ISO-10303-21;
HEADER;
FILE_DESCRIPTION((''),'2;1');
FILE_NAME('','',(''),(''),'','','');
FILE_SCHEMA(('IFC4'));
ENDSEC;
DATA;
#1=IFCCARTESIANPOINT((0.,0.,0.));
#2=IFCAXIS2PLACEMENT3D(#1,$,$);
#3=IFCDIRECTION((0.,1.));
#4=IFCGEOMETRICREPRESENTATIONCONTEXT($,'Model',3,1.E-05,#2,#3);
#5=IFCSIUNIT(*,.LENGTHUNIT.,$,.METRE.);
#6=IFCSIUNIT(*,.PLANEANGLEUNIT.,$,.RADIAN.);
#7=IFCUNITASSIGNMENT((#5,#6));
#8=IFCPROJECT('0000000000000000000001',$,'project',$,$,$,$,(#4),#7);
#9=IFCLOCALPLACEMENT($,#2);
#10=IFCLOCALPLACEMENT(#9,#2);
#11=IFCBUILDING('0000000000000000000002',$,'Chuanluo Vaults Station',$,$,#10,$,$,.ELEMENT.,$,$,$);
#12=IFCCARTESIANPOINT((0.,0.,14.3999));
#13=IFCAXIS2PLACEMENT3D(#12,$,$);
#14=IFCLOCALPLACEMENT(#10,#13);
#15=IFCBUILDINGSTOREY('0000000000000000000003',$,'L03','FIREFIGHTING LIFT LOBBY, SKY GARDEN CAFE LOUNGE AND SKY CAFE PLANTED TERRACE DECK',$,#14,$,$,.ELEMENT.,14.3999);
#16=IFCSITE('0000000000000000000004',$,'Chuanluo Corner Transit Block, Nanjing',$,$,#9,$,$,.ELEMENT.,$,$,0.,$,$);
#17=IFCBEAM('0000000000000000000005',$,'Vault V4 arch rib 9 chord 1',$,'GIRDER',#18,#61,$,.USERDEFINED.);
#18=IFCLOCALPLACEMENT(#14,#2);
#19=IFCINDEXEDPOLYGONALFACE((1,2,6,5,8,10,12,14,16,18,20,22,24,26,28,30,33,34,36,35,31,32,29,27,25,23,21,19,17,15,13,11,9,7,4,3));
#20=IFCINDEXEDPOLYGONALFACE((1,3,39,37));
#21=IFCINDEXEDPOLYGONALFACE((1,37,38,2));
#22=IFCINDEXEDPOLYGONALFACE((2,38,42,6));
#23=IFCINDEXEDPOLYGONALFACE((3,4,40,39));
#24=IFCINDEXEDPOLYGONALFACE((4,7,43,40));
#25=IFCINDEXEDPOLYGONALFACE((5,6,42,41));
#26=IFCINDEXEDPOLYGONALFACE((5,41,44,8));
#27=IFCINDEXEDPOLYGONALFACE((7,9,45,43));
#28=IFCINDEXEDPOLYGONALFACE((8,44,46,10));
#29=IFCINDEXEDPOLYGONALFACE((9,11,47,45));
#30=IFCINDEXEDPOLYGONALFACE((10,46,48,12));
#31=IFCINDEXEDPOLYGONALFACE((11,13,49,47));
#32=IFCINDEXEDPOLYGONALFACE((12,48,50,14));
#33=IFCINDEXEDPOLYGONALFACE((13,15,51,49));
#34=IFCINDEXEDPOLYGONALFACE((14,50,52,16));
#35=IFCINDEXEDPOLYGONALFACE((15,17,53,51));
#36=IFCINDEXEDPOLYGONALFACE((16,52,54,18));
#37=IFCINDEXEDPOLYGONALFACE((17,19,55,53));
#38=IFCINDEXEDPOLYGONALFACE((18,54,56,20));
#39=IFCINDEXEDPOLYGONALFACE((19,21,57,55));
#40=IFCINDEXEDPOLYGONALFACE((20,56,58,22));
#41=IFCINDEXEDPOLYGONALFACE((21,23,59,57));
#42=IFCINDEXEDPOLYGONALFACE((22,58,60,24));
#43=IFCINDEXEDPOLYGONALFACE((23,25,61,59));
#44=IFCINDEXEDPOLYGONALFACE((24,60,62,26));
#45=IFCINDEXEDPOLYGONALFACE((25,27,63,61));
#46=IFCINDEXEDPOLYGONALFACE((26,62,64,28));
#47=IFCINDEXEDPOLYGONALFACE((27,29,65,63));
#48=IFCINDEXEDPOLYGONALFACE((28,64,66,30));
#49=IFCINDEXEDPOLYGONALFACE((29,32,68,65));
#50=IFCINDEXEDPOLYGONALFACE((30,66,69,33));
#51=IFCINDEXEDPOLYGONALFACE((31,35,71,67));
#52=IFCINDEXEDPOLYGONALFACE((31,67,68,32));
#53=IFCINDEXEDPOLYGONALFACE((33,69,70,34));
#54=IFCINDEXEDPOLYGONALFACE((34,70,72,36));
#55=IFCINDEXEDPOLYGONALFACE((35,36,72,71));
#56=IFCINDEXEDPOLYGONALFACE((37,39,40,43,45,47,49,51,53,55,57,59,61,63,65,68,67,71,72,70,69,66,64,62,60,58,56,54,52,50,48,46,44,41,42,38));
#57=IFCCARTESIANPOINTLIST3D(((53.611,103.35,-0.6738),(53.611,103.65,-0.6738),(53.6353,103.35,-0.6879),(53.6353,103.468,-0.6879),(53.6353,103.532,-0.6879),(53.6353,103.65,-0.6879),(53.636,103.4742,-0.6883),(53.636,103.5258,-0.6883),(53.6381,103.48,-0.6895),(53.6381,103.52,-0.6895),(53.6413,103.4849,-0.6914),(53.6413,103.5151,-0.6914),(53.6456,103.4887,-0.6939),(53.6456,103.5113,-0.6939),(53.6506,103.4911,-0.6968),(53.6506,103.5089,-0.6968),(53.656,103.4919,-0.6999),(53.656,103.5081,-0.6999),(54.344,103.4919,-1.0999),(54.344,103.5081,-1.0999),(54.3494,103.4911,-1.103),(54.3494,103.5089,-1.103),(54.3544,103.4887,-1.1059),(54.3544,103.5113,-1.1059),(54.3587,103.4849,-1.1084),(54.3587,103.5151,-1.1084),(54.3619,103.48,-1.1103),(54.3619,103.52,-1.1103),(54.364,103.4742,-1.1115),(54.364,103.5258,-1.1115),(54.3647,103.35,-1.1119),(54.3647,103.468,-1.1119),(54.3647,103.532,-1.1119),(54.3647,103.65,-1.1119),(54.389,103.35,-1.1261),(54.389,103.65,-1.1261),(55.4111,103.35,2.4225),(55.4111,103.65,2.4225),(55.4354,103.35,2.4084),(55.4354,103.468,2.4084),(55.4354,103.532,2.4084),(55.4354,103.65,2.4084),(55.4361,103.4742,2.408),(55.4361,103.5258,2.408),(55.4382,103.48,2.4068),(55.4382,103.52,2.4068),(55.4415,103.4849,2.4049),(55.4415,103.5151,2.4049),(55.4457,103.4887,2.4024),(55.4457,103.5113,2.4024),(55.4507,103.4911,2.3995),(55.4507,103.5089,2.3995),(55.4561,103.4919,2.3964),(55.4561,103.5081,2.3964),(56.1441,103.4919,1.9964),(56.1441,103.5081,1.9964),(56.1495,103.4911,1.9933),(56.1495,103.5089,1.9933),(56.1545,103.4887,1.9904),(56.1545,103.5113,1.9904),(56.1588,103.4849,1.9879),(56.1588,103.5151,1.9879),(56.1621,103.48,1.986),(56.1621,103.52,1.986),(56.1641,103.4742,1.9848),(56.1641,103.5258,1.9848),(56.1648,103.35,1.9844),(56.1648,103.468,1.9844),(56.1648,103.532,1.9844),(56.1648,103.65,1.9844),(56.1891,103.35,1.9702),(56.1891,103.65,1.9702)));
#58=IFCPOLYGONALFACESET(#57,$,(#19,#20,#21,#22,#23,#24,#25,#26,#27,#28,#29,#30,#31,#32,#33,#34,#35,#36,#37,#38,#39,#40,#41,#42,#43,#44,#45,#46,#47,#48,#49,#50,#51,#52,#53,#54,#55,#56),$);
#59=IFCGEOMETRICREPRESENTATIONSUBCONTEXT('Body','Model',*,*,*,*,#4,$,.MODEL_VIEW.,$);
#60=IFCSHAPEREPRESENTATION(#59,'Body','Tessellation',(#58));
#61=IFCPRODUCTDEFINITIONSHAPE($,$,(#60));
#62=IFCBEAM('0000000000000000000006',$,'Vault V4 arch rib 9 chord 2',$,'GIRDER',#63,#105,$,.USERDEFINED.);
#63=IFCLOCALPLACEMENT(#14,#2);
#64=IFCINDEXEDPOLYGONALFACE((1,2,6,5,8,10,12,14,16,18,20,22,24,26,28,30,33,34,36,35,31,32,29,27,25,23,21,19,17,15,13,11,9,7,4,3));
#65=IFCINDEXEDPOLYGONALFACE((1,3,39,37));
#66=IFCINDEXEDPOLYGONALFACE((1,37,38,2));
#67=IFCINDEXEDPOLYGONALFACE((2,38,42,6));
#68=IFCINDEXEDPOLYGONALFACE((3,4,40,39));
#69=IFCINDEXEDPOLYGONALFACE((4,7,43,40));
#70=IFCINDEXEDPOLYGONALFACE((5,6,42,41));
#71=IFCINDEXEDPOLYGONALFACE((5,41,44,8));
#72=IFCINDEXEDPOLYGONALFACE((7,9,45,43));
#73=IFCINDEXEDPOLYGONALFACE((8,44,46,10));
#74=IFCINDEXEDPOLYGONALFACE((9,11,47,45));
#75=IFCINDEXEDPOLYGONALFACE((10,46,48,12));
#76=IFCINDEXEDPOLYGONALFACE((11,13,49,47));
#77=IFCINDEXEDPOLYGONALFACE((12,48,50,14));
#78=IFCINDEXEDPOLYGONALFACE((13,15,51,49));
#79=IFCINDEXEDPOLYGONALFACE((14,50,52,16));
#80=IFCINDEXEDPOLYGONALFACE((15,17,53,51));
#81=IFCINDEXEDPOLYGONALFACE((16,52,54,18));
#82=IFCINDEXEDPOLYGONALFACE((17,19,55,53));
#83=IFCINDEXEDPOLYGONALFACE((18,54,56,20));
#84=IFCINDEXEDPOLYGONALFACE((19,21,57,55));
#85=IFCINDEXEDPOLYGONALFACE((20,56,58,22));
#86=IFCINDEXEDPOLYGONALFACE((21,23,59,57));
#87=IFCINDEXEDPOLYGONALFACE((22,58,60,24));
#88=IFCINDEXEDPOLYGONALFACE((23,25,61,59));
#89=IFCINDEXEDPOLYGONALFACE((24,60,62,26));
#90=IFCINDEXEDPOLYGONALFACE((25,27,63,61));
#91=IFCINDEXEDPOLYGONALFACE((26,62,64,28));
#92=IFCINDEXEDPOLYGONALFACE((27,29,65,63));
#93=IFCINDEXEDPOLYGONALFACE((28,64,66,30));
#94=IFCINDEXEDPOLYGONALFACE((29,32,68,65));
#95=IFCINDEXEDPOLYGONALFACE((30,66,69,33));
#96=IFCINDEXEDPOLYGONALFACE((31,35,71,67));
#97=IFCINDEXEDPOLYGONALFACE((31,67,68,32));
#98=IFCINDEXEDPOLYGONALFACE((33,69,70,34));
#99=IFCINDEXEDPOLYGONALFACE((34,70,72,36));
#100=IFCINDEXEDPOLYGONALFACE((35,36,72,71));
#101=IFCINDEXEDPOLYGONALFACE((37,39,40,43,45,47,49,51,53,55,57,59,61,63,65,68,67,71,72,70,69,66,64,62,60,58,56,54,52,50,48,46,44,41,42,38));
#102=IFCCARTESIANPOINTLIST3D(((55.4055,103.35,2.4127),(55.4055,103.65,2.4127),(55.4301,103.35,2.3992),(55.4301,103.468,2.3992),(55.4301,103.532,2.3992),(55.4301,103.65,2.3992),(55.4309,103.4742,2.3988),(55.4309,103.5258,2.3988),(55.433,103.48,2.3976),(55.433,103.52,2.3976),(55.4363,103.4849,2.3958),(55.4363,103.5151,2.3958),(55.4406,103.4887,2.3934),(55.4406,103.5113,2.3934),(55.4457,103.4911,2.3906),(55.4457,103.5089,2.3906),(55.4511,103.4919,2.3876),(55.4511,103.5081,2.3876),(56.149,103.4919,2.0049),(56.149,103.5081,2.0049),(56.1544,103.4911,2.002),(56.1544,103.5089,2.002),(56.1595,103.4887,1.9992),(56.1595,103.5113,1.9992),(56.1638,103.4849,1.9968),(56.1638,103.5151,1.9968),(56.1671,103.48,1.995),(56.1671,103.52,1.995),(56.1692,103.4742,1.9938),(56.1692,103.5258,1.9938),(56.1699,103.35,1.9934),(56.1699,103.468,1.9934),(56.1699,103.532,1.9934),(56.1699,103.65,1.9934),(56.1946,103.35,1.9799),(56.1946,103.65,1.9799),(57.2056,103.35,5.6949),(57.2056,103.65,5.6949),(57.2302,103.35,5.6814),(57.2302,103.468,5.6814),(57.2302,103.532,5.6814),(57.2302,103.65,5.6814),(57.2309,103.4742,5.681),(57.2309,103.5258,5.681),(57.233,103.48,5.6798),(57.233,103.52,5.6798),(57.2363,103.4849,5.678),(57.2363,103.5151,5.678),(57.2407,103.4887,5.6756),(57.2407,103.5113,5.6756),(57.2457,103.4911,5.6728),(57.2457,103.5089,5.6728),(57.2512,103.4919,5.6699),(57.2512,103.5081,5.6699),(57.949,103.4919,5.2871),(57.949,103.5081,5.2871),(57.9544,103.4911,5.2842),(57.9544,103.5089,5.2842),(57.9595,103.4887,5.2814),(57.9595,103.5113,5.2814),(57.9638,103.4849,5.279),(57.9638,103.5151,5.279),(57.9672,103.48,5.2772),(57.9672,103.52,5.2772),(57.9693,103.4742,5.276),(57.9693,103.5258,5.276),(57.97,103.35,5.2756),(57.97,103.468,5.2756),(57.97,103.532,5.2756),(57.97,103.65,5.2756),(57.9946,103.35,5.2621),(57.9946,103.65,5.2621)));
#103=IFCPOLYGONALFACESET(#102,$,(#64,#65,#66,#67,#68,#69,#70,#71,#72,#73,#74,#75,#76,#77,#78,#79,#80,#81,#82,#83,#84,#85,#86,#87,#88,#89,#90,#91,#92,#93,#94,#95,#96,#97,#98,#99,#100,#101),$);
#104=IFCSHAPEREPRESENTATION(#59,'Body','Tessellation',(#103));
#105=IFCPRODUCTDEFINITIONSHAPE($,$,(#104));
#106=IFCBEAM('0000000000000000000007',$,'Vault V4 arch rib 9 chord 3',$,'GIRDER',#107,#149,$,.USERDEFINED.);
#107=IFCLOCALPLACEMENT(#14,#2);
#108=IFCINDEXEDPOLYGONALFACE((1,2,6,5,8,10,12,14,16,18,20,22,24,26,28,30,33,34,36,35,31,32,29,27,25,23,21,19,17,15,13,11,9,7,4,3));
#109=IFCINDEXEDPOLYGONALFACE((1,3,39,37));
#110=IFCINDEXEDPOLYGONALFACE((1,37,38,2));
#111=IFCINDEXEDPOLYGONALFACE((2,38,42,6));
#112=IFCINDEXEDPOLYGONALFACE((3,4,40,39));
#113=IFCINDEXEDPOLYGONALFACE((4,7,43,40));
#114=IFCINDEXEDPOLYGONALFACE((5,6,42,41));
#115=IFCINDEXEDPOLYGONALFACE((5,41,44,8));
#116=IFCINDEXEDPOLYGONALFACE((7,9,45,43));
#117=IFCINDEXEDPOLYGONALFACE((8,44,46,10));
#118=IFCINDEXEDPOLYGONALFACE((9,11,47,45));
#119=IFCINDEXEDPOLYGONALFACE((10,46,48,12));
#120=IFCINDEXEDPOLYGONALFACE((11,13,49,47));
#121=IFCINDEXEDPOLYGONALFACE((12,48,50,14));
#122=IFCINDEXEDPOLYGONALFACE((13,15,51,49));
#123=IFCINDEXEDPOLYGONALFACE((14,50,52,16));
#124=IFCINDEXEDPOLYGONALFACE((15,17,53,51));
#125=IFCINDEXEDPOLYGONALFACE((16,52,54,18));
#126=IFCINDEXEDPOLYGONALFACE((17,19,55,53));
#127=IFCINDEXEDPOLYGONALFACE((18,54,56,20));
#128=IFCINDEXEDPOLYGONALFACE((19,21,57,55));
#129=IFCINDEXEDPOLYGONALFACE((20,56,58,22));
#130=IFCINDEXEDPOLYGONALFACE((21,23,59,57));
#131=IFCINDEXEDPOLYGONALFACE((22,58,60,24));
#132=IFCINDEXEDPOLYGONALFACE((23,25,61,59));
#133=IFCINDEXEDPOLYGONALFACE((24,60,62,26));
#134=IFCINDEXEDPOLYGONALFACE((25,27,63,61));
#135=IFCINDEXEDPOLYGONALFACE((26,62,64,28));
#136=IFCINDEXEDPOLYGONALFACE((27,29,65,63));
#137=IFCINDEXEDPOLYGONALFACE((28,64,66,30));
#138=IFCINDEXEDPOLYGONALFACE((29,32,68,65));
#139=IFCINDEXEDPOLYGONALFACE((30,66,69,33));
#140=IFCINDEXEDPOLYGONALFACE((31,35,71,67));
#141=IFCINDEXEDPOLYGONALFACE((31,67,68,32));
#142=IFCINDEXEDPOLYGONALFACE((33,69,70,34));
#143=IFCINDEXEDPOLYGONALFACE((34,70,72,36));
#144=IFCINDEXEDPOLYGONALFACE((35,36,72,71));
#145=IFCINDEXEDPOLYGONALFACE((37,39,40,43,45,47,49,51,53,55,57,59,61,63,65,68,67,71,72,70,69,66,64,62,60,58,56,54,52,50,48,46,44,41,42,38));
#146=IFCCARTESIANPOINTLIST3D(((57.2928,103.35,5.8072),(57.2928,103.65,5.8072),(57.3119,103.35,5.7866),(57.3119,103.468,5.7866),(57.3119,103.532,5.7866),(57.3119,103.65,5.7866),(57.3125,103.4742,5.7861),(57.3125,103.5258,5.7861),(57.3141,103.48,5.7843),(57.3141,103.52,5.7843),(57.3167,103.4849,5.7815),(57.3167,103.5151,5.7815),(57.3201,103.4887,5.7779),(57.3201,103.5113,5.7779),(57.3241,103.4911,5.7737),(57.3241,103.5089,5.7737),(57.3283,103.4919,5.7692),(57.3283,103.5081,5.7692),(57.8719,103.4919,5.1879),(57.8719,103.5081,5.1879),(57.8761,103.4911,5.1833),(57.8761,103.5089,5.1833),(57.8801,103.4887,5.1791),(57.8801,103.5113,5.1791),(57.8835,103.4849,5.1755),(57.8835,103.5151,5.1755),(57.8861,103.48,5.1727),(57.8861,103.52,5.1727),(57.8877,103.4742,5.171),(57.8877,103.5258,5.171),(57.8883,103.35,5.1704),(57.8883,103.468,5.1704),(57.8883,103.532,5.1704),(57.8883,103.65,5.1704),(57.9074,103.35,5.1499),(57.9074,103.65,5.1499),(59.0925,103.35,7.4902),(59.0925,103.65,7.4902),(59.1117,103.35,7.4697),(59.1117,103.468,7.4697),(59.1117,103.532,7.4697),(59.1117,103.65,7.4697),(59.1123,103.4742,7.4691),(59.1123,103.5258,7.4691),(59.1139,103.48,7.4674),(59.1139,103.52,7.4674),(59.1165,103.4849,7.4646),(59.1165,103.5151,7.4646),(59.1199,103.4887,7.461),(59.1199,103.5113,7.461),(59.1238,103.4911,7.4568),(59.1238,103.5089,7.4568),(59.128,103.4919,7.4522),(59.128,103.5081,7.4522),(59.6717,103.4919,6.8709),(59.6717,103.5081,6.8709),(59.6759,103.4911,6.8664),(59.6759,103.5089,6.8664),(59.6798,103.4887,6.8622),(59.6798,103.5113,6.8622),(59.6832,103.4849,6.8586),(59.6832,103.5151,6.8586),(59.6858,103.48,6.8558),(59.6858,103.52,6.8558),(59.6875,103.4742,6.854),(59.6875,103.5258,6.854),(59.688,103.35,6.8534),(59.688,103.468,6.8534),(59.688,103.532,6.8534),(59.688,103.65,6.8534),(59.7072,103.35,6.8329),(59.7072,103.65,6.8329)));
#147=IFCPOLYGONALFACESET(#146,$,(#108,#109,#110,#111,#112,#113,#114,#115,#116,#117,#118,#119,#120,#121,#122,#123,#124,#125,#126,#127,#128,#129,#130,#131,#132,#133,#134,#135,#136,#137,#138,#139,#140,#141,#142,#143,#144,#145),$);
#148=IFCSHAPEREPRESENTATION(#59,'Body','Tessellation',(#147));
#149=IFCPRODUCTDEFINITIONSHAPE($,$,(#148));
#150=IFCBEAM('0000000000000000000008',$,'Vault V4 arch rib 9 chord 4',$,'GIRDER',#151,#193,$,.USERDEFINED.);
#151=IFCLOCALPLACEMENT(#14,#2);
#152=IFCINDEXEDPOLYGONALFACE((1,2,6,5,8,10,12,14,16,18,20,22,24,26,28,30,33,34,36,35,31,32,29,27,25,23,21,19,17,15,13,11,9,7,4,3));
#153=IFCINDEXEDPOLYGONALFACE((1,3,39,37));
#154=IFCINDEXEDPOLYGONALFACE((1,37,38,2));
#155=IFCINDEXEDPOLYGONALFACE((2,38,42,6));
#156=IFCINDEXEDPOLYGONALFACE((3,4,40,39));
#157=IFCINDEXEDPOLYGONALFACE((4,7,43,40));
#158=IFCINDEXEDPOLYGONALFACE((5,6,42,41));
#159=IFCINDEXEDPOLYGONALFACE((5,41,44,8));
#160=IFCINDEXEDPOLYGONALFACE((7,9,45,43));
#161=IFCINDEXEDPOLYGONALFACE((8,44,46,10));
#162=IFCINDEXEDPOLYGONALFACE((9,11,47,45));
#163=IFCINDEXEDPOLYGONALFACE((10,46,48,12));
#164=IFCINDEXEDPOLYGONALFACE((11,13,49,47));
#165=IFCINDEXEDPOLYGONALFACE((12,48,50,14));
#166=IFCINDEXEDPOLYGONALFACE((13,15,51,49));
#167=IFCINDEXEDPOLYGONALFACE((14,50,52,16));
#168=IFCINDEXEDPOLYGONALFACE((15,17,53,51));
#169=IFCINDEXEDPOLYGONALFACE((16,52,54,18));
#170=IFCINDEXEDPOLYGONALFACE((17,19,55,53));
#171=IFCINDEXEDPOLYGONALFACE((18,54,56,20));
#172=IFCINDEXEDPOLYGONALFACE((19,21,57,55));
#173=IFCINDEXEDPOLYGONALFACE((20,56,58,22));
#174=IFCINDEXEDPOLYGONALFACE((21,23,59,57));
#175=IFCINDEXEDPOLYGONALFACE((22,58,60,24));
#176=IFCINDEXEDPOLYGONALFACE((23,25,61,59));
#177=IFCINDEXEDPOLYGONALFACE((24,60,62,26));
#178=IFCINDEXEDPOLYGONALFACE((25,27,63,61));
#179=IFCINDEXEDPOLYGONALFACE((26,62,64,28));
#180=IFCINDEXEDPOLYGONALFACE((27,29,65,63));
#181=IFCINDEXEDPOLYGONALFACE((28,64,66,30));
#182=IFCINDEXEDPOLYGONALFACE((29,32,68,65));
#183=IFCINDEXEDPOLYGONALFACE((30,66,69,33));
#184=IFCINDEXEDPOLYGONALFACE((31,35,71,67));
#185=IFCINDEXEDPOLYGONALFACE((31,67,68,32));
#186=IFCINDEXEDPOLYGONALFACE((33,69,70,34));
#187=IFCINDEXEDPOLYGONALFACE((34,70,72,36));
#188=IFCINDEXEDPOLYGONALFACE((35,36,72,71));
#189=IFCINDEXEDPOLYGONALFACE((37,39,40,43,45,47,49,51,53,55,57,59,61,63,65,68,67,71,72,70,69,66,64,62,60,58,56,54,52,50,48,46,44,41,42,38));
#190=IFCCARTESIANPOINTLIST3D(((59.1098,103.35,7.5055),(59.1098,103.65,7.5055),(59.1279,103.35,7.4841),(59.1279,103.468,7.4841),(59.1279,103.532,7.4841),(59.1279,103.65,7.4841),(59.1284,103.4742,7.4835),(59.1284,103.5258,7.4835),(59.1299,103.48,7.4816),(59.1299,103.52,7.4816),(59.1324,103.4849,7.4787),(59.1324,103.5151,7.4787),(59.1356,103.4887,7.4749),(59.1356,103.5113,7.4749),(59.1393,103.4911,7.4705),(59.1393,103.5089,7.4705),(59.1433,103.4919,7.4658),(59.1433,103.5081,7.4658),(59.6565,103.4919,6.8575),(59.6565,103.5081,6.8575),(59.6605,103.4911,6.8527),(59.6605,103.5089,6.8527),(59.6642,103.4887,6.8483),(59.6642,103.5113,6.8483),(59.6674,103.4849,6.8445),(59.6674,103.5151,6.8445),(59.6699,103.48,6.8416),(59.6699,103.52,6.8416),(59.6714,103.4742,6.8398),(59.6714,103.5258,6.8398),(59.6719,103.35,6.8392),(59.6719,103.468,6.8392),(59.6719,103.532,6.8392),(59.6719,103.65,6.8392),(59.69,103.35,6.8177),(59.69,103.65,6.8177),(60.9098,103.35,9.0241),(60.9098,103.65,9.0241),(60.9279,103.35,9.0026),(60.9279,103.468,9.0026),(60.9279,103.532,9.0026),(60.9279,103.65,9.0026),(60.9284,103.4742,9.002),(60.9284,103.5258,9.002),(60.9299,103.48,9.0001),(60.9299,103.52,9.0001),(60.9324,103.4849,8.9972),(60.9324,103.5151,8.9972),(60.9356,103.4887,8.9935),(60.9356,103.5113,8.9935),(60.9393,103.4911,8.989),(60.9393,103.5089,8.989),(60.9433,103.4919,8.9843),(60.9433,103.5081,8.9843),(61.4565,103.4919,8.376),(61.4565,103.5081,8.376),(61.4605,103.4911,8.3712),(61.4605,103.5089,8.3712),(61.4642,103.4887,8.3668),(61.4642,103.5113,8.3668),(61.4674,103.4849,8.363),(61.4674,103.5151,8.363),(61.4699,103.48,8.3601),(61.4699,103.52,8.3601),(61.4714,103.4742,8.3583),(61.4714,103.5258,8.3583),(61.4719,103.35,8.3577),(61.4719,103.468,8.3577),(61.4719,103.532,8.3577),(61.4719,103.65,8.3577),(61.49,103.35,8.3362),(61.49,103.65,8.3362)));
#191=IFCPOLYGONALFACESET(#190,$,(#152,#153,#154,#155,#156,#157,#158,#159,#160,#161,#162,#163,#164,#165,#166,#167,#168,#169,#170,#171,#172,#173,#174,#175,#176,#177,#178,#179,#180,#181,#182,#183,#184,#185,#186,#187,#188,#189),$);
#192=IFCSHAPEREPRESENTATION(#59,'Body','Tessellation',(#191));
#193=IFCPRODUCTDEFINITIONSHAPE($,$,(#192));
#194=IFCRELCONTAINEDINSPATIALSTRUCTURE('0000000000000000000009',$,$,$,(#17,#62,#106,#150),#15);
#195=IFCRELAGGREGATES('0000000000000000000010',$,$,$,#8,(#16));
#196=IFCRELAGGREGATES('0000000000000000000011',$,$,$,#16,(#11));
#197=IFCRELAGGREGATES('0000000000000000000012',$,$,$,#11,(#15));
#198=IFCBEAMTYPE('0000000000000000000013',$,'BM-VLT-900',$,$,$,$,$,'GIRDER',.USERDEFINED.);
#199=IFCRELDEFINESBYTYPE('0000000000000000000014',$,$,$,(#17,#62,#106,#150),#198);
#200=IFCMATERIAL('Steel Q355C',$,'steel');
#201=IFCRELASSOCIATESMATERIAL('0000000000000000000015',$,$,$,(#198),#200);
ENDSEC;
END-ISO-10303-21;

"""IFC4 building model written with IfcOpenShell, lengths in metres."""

from ifc_helpers import new_model, si_unit, direction, frame, origin, origin_2d, place, context, subcontext, project, spatial, i_section, extrude, material, material_profile, profile_set, type_object, element, save


model = new_model("IFC4")

# Units and contexts
model_context = context("Model", 3, precision=1e-05, world=origin(), true_north=direction((0.0, 1.0)))
body_context = subcontext(model_context, "Body", "Model", "MODEL_VIEW")
ifc_project = project(units=[si_unit("LENGTHUNIT", "METRE"), si_unit("PLANEANGLEUNIT", "RADIAN")], contexts=[model_context])

# Site, building, storey
site_placement = place(None, origin())
site = spatial("IfcSite", under=ifc_project, at=site_placement, Name="Chuanluo Corner Transit Block, Nanjing", CompositionType="ELEMENT", RefElevation=0.0)
building_placement = place(site_placement, origin())
building = spatial("IfcBuilding", under=site, at=building_placement, Name="Chuanluo Vaults Station", CompositionType="ELEMENT")
storey_placement = place(building_placement, frame((0.0, 0.0, 14.3999)))
storey = spatial("IfcBuildingStorey", under=building, at=storey_placement, Name="L03", Description="FIREFIGHTING LIFT LOBBY, SKY GARDEN CAFE LOUNGE AND SKY CAFE PLANTED TERRACE DECK", CompositionType="ELEMENT", Elevation=14.3999)

# Beams
ifc_material_1 = material(Name="Steel Q355C", Category="steel")
ifc_material_profile_1 = material_profile(ifc_material_1, i_section(OverallWidth=0.3, OverallDepth=0.8999, WebThickness=0.0161, FlangeThickness=0.0281, FilletRadius=0.0239, at=origin_2d()))
ifc_profile_set_1 = profile_set([ifc_material_profile_1], Name="Steel Q355C")
beam_type_1 = type_object("IfcBeamType", Name="BM-VLT-900", ElementType="GIRDER", PredefinedType="USERDEFINED", material=ifc_profile_set_1)
beam_1_placement = place(storey_placement, frame((54.0, 103.5, -0.8999), z_axis=(0.502607, 0.0, 0.864515), x_axis=(0.0, 1.0, 0.0)))
element("IfcBeam", 1, at=beam_1_placement, inside=storey, type_object=beam_type_1, Name="Vault V4 arch rib 9 chord 1", ObjectType="GIRDER", PredefinedType="USERDEFINED", context=body_context, shape_type="SweptSolid", body=[
    extrude(i_section(OverallWidth=0.3, OverallDepth=0.8999, WebThickness=0.0161, FlangeThickness=0.0281, FilletRadius=0.0239, at=origin_2d()), origin(), (0.0, 0.0, 1.0), 3.5815),
])
beam_2_placement = place(storey_placement, frame((55.8, 103.5, 2.1963), z_axis=(0.480857, 0.0, 0.876799), x_axis=(0.0, 1.0, 0.0)))
element("IfcBeam", 2, at=beam_2_placement, inside=storey, type_object=beam_type_1, Name="Vault V4 arch rib 9 chord 2", ObjectType="GIRDER", PredefinedType="USERDEFINED", context=body_context, shape_type="SweptSolid", body=[
    extrude(i_section(OverallWidth=0.3, OverallDepth=0.8999, WebThickness=0.0161, FlangeThickness=0.0281, FilletRadius=0.0239, at=origin_2d()), origin(), (0.0, 0.0, 1.0), 3.7434),
])
beam_3_placement = place(storey_placement, frame((57.6001, 103.5, 5.4785), z_axis=(0.730389, 0.0, 0.683031), x_axis=(0.0, 1.0, 0.0)))
element("IfcBeam", 3, at=beam_3_placement, inside=storey, type_object=beam_type_1, Name="Vault V4 arch rib 9 chord 3", ObjectType="GIRDER", PredefinedType="USERDEFINED", context=body_context, shape_type="SweptSolid", body=[
    extrude(i_section(OverallWidth=0.3, OverallDepth=0.8999, WebThickness=0.0161, FlangeThickness=0.0281, FilletRadius=0.0239, at=origin_2d()), origin(), (0.0, 0.0, 1.0), 2.4641),
])
beam_4_placement = place(storey_placement, frame((59.3999, 103.5, 7.1616), z_axis=(0.764341, 0.0, 0.644812), x_axis=(0.0, 1.0, 0.0)))
element("IfcBeam", 4, at=beam_4_placement, inside=storey, type_object=beam_type_1, Name="Vault V4 arch rib 9 chord 4", ObjectType="GIRDER", PredefinedType="USERDEFINED", context=body_context, shape_type="SweptSolid", body=[
    extrude(i_section(OverallWidth=0.3, OverallDepth=0.8999, WebThickness=0.0161, FlangeThickness=0.0281, FilletRadius=0.0239, at=origin_2d()), origin(), (0.0, 0.0, 1.0), 2.355),
])

save(model, "model.ifc")
